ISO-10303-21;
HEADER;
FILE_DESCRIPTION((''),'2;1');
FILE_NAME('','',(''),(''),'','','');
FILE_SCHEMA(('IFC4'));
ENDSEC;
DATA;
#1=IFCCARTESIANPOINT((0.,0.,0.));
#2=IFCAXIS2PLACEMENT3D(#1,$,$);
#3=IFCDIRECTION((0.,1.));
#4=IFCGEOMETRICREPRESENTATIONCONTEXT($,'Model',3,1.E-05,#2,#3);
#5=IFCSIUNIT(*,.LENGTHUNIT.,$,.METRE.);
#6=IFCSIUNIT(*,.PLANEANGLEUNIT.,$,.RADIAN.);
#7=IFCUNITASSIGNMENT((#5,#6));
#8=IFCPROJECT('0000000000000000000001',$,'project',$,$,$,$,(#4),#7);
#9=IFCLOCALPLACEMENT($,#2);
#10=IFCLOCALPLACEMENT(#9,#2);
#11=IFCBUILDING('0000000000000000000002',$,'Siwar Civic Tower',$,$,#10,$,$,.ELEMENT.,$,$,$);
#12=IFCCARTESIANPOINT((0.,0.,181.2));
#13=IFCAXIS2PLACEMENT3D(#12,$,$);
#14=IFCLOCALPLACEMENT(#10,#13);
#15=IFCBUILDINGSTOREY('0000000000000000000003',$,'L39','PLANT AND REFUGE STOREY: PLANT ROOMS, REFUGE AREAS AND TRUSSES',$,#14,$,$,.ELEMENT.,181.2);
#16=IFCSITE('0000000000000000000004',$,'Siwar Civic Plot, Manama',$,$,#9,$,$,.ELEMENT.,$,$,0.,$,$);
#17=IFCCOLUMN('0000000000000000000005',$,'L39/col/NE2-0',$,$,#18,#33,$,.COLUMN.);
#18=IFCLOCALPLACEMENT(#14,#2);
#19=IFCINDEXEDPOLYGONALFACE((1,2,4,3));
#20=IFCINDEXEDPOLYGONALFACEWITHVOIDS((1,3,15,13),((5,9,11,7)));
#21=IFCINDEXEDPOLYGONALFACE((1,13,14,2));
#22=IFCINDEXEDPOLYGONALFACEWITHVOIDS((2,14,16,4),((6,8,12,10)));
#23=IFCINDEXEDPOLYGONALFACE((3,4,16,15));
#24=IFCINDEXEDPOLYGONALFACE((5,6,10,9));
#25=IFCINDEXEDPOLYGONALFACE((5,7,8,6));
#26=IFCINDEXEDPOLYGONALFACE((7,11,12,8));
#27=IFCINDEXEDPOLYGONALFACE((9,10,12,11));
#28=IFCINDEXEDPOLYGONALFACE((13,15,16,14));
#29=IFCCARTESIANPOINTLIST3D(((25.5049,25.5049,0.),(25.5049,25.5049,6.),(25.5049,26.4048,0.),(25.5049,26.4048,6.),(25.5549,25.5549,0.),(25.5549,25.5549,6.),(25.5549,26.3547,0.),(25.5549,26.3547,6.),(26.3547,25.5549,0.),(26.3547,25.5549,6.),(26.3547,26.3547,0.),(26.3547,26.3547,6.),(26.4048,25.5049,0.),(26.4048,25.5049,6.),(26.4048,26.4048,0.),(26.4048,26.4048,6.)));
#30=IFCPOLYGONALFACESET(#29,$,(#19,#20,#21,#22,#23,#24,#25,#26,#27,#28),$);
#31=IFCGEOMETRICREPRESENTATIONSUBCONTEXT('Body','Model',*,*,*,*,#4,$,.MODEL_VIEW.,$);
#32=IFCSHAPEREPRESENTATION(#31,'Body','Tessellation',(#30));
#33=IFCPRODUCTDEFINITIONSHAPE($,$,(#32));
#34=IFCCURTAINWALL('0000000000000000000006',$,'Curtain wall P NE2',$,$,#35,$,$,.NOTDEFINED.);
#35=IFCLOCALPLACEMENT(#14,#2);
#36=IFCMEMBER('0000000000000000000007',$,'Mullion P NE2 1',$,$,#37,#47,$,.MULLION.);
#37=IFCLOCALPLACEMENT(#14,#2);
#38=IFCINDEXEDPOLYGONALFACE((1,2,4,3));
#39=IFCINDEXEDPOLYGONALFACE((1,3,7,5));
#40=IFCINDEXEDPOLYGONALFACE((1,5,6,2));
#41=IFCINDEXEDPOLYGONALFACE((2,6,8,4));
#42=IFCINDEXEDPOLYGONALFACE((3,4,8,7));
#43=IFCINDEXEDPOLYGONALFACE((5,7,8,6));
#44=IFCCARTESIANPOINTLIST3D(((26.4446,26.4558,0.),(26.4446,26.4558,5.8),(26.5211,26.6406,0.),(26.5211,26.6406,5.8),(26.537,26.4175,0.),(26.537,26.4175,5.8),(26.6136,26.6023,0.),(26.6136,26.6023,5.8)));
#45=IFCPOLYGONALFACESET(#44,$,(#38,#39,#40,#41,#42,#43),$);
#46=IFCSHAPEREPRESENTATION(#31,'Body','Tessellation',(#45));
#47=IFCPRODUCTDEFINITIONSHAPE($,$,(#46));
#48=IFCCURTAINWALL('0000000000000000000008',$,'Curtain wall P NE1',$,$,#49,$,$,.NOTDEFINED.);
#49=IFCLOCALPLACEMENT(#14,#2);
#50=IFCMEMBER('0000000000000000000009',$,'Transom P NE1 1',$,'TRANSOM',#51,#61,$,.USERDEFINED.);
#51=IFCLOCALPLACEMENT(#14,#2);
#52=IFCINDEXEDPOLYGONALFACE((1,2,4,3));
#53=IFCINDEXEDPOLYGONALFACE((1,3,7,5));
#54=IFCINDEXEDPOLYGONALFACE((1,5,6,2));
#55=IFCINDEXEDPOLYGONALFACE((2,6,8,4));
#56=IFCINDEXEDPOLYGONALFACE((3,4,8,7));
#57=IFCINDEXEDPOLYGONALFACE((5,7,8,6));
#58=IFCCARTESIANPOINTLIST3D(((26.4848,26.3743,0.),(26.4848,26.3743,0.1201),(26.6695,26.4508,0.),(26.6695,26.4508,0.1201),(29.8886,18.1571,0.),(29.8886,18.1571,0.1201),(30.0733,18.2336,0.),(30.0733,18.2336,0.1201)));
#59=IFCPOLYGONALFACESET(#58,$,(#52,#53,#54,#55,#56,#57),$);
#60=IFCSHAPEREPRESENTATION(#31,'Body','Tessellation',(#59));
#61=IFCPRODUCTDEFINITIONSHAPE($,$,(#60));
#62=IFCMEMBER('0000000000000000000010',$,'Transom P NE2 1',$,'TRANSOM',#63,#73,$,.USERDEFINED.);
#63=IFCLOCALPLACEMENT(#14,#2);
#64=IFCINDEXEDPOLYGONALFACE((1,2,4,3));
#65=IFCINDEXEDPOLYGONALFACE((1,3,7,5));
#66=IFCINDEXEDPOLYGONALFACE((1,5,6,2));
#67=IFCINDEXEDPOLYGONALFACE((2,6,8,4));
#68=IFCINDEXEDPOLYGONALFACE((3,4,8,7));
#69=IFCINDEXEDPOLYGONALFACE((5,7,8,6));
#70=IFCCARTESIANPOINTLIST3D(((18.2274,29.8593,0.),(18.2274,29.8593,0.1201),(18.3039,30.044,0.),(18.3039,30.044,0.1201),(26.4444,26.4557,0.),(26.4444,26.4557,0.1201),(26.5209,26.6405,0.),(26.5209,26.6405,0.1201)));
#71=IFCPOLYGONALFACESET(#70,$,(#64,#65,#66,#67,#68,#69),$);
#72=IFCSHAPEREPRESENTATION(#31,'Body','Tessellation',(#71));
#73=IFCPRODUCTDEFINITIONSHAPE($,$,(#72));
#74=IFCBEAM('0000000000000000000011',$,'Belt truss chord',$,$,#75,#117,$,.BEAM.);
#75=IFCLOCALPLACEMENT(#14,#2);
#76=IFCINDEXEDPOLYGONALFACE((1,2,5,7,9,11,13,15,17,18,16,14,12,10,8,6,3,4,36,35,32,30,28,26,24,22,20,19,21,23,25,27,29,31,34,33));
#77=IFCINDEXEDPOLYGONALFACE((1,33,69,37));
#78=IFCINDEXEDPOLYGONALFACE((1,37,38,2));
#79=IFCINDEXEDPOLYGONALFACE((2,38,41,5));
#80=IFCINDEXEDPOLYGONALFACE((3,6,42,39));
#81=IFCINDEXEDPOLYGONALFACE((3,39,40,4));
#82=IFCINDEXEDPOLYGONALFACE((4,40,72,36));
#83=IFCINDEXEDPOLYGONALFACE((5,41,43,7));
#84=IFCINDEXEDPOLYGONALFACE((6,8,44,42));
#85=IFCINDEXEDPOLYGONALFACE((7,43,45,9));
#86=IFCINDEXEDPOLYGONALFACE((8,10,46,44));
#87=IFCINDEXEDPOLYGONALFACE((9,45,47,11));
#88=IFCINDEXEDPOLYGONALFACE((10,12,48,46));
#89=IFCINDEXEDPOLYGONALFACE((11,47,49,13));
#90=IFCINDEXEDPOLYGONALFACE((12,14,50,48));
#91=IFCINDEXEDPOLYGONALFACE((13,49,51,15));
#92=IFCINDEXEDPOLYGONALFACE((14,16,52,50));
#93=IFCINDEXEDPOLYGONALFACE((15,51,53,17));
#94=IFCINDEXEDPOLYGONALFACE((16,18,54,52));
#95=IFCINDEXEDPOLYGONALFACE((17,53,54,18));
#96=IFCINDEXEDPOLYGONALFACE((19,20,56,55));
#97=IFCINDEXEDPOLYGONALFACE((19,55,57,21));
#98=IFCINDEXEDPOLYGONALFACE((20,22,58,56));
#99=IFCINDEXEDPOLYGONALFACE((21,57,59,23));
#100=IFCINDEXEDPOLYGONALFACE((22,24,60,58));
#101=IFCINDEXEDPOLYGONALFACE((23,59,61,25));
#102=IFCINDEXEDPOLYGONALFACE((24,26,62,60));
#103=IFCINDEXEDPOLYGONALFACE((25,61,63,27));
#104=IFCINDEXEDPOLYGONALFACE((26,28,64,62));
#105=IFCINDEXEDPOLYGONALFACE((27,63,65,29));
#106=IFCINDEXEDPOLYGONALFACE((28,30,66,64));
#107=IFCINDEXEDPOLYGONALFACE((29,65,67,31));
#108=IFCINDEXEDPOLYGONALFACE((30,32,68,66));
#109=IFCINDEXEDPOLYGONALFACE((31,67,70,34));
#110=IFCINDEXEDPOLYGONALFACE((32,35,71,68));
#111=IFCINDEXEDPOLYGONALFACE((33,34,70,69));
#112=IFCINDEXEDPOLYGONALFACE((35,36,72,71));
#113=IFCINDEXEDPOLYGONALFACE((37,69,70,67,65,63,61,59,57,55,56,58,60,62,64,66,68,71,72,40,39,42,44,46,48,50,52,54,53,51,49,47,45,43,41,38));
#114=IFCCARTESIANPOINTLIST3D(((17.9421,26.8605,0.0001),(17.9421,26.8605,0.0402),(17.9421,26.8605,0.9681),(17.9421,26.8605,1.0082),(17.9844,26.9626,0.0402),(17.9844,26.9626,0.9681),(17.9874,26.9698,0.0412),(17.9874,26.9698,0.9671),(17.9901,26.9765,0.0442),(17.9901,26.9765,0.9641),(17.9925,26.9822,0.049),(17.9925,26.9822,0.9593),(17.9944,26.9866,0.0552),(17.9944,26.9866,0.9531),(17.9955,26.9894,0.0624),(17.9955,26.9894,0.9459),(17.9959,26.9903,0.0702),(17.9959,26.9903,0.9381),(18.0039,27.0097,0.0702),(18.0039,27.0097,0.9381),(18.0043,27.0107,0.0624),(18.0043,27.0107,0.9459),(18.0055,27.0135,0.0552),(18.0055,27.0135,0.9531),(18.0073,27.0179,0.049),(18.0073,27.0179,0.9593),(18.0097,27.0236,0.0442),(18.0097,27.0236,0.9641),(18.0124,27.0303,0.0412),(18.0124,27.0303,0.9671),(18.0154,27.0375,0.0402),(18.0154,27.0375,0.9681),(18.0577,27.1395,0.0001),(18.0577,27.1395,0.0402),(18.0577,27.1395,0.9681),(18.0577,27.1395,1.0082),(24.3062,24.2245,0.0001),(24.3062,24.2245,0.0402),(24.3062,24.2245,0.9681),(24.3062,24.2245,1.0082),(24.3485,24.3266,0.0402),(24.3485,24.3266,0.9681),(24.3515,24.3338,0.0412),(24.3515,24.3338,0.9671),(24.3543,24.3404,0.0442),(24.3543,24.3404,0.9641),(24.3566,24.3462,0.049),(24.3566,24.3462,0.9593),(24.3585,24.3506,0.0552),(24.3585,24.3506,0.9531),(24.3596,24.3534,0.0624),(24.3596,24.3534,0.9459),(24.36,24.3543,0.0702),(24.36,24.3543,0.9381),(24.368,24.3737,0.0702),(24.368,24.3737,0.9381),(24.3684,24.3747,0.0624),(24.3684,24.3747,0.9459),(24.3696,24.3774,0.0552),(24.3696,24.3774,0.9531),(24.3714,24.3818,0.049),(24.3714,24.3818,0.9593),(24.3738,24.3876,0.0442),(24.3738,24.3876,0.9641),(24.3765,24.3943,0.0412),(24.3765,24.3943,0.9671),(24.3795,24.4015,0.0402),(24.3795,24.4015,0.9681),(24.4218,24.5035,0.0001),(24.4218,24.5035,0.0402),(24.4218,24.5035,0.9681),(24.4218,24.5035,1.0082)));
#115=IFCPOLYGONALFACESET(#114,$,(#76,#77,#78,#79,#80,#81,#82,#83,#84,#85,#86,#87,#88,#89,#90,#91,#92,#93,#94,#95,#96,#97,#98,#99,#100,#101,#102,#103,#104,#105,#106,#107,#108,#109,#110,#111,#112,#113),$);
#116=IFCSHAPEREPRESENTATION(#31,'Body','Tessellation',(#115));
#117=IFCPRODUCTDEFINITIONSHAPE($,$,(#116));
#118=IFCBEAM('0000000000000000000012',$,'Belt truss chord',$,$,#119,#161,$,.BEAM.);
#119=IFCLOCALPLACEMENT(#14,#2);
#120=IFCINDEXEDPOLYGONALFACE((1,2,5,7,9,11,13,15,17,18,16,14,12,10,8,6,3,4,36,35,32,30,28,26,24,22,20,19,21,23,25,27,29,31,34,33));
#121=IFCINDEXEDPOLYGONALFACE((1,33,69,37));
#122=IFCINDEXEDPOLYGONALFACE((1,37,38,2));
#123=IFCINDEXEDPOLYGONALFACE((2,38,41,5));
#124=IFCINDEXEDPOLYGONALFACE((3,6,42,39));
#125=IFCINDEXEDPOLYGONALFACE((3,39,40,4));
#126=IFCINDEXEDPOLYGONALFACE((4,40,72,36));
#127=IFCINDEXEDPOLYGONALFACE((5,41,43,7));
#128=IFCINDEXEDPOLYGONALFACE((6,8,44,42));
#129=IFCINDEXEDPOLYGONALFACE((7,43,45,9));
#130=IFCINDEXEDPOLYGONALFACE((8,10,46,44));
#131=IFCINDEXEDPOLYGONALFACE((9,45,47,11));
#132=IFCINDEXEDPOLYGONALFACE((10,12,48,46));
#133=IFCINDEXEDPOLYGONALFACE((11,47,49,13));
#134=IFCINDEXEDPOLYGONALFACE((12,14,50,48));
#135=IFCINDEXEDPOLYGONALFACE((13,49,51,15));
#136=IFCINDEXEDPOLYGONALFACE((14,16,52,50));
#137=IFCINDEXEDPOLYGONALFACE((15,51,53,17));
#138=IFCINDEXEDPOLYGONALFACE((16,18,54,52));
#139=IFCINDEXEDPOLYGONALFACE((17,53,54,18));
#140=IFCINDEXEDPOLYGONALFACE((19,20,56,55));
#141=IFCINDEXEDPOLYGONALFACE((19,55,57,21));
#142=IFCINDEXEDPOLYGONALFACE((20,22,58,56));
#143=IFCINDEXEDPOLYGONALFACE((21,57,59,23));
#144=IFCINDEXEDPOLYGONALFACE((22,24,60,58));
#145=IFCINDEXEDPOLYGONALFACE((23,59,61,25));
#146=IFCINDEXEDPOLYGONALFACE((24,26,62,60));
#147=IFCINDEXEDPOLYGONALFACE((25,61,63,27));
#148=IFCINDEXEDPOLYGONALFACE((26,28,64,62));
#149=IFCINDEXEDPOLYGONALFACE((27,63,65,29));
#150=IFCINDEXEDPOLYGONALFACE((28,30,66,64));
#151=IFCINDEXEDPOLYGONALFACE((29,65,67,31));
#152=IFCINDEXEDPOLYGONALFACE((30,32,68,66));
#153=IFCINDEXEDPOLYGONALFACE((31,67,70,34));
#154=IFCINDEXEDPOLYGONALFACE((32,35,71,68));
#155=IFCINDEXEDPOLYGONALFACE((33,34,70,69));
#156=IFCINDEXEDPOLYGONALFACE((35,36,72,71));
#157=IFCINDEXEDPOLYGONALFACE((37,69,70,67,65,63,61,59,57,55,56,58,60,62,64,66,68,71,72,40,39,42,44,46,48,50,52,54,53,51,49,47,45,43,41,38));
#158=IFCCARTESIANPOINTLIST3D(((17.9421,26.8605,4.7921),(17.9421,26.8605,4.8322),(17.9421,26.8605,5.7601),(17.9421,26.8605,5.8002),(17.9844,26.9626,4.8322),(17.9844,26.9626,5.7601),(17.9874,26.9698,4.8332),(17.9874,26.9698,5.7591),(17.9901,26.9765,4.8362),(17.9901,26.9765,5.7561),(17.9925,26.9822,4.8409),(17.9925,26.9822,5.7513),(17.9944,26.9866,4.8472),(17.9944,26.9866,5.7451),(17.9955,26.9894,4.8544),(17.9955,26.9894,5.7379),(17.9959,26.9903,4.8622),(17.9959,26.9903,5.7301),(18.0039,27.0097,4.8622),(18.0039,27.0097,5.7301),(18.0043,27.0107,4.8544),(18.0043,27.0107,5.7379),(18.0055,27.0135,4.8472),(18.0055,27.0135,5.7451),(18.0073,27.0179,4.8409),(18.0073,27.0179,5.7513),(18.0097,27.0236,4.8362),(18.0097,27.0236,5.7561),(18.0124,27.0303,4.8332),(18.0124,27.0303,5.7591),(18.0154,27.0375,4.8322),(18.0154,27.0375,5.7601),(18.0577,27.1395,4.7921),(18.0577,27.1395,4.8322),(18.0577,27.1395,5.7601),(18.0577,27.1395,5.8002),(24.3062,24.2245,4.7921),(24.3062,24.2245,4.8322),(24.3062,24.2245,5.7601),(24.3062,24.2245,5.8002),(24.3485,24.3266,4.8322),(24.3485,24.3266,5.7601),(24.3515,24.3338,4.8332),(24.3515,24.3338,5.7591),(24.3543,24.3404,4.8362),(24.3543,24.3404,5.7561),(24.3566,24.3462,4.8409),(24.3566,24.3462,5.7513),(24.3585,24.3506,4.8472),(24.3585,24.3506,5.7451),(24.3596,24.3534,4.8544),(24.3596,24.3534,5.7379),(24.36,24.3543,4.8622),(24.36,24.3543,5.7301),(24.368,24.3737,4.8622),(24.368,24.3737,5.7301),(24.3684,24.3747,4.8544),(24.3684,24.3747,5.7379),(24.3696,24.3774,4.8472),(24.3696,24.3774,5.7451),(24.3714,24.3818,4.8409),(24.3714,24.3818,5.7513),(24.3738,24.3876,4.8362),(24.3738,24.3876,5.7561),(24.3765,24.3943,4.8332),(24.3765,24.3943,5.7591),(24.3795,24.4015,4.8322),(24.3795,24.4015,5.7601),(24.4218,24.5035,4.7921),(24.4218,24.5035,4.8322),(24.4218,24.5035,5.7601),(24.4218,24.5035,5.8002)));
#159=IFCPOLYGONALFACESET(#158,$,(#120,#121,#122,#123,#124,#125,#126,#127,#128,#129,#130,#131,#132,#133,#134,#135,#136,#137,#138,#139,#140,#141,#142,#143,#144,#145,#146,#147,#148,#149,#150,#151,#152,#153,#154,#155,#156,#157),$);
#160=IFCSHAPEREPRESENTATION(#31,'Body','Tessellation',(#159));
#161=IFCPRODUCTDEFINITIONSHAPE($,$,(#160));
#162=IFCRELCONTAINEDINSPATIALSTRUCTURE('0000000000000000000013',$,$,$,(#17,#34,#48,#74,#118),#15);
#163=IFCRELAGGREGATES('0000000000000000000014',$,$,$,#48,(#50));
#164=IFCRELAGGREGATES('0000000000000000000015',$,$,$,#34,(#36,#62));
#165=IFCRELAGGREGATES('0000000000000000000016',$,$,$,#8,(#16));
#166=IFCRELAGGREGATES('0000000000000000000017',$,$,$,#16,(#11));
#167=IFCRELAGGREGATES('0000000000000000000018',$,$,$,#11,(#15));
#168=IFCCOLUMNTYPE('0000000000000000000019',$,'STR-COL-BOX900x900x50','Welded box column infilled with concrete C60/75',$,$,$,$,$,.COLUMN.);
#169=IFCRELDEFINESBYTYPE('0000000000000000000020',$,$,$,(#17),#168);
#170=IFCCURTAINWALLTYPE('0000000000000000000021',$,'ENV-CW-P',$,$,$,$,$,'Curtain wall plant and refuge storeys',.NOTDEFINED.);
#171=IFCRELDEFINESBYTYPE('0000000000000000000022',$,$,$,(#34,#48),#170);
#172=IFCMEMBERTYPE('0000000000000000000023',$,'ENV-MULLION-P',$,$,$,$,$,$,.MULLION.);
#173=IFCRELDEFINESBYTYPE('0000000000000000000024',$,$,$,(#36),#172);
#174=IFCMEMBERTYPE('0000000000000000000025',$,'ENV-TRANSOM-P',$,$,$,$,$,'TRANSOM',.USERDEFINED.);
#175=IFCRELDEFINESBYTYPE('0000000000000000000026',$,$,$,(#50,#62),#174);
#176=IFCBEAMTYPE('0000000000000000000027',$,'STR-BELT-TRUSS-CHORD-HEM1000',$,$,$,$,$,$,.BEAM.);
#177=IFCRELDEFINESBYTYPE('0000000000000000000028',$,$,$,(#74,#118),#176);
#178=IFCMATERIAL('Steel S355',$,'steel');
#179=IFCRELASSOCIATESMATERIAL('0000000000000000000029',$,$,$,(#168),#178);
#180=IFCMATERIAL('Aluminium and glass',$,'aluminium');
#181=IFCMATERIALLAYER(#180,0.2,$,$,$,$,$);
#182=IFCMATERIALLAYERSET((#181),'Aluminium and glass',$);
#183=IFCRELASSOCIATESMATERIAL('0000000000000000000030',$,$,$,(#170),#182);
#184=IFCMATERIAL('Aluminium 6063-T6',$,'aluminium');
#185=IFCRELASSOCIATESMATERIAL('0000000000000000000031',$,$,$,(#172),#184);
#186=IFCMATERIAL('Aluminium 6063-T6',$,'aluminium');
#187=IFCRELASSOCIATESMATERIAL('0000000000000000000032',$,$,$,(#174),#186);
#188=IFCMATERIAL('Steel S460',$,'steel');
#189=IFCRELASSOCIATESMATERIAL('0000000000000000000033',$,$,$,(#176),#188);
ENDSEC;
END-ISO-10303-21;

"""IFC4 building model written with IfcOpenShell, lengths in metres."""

from ifc_helpers import new_model, si_unit, direction, frame, origin, origin_2d, place, context, subcontext, project, spatial, rectangle, hollow_rectangle, i_section, extrude, material, layer, layer_set, material_profile, profile_set, type_object, element, aggregate, save


model = new_model("IFC4")

# Units and contexts
model_context = context("Model", 3, precision=1e-05, world=origin(), true_north=direction((0.0, 1.0)))
body_context = subcontext(model_context, "Body", "Model", "MODEL_VIEW")
ifc_project = project(units=[si_unit("LENGTHUNIT", "METRE"), si_unit("PLANEANGLEUNIT", "RADIAN")], contexts=[model_context])

# Site, building, storey
site_placement = place(None, origin())
site = spatial("IfcSite", under=ifc_project, at=site_placement, Name="Siwar Civic Plot, Manama", CompositionType="ELEMENT", RefElevation=0.0)
building_placement = place(site_placement, origin())
building = spatial("IfcBuilding", under=site, at=building_placement, Name="Siwar Civic Tower", CompositionType="ELEMENT")
storey_placement = place(building_placement, frame((0.0, 0.0, 181.2)))
storey = spatial("IfcBuildingStorey", under=building, at=storey_placement, Name="L39", Description="PLANT AND REFUGE STOREY: PLANT ROOMS, REFUGE AREAS AND TRUSSES", CompositionType="ELEMENT", Elevation=181.2)

# Column
ifc_material_1 = material(Name="Steel S355", Category="steel")
ifc_material_profile_1 = material_profile(ifc_material_1, hollow_rectangle(XDim=0.8999, YDim=0.8999, WallThickness=0.05, at=origin_2d()), Name="BOX900x900x50")
ifc_profile_set_1 = profile_set([ifc_material_profile_1], Name="Steel S355")
column_type = type_object("IfcColumnType", Name="STR-COL-BOX900x900x50", Description="Welded box column infilled with concrete C60/75", PredefinedType="COLUMN", material=ifc_profile_set_1)
column_placement = place(storey_placement, frame((25.9548, 25.9548, 0.0), z_axis=(0.0, 0.0, 1.0), x_axis=(1.0, 0.0, 0.0)))
element("IfcColumn", 1, at=column_placement, inside=storey, type_object=column_type, Name="L39/col/NE2-0", PredefinedType="COLUMN", context=body_context, shape_type="SweptSolid", body=[
    extrude(hollow_rectangle(XDim=0.8999, YDim=0.8999, WallThickness=0.05, at=origin_2d()), origin(), (0.0, 0.0, 1.0), 6.0),
])

# Curtain walls, members
ifc_material_2 = material(Name="Aluminium and glass", Category="aluminium")
ifc_layer_1 = layer(ifc_material_2, 0.2)
ifc_layer_set_1 = layer_set([ifc_layer_1], Name="Aluminium and glass")
curtain_wall_type = type_object("IfcCurtainWallType", Name="ENV-CW-P", ElementType="Curtain wall plant and refuge storeys", PredefinedType="NOTDEFINED", material=ifc_layer_set_1)
curtain_wall_1_placement = place(storey_placement, origin())
curtain_wall_1 = element("IfcCurtainWall", 2, at=curtain_wall_1_placement, inside=storey, type_object=curtain_wall_type, Name="Curtain wall P NE2", PredefinedType="NOTDEFINED")
ifc_material_3 = material(Name="Aluminium 6063-T6", Category="aluminium")
ifc_material_profile_2 = material_profile(ifc_material_3, rectangle(XDim=0.2, YDim=0.1001, at=origin_2d()), Name="AL 200x100")
ifc_profile_set_2 = profile_set([ifc_material_profile_2], Name="Aluminium 6063-T6")
member_type_1 = type_object("IfcMemberType", Name="ENV-MULLION-P", PredefinedType="MULLION", material=ifc_profile_set_2)
member_1_placement = place(storey_placement, frame((26.5291, 26.5291, 0.0), z_axis=(0.0, 0.0, 1.0), x_axis=(-0.382683, -0.92388, 0.0)))
member_1 = element("IfcMember", 3, at=member_1_placement, type_object=member_type_1, Name="Mullion P NE2 1", PredefinedType="MULLION", context=body_context, shape_type="SweptSolid", body=[
    extrude(rectangle(XDim=0.2, YDim=0.1001, at=origin_2d()), origin(), (0.0, 0.0, 1.0), 5.8),
])
curtain_wall_2_placement = place(storey_placement, origin())
curtain_wall_2 = element("IfcCurtainWall", 4, at=curtain_wall_2_placement, inside=storey, type_object=curtain_wall_type, Name="Curtain wall P NE1", PredefinedType="NOTDEFINED")
ifc_material_4 = material(Name="Aluminium 6063-T6", Category="aluminium")
ifc_material_profile_3 = material_profile(ifc_material_4, rectangle(XDim=0.2, YDim=0.1201, at=origin_2d()), Name="AL 200x120")
ifc_profile_set_3 = profile_set([ifc_material_profile_3], Name="Aluminium 6063-T6")
member_type_2 = type_object("IfcMemberType", Name="ENV-TRANSOM-P", ElementType="TRANSOM", PredefinedType="USERDEFINED", material=ifc_profile_set_3)
member_2_placement = place(storey_placement, frame((29.981, 18.1953, 0.0601), z_axis=(-0.382693, 0.923876, 0.0), x_axis=(-0.923876, -0.382693, 0.0)))
member_2 = element("IfcMember", 5, at=member_2_placement, type_object=member_type_2, Name="Transom P NE1 1", ObjectType="TRANSOM", PredefinedType="USERDEFINED", context=body_context, shape_type="SweptSolid", body=[
    extrude(rectangle(XDim=0.2, YDim=0.1201, at=origin_2d()), origin(), (0.0, 0.0, 1.0), 8.8943),
])

# Member
member_3_placement = place(storey_placement, frame((26.4827, 26.5481, 0.0601), z_axis=(-0.923881, 0.382679, 0.0), x_axis=(-0.382679, -0.923881, 0.0)))
member_3 = element("IfcMember", 6, at=member_3_placement, type_object=member_type_2, Name="Transom P NE2 1", ObjectType="TRANSOM", PredefinedType="USERDEFINED", context=body_context, shape_type="SweptSolid", body=[
    extrude(rectangle(XDim=0.2, YDim=0.1201, at=origin_2d()), origin(), (0.0, 0.0, 1.0), 8.894),
])

# Beams
ifc_material_5 = material(Name="Steel S460", Category="steel")
ifc_material_profile_4 = material_profile(ifc_material_5, i_section(OverallWidth=0.302, OverallDepth=1.0081, WebThickness=0.021, FlangeThickness=0.04, FilletRadius=0.03, at=origin_2d()), Name="HEM1000")
ifc_profile_set_4 = profile_set([ifc_material_profile_4], Name="Steel S460")
beam_type_1 = type_object("IfcBeamType", Name="STR-BELT-TRUSS-CHORD-HEM1000", PredefinedType="BEAM", material=ifc_profile_set_4)
for number, where, z_axis, x_axis, name in (
    (7, (24.364, 24.364, 0.5042), (-0.923883, 0.382674, 0.0), (-0.382674, -0.923883, 0.0), "Belt truss chord"),
    (8, (24.364, 24.364, 5.2961), (-0.923883, 0.382674, 0.0), (-0.382674, -0.923883, 0.0), "Belt truss chord"),
):
    element("IfcBeam", number, at=place(storey_placement, frame(where, z_axis=z_axis, x_axis=x_axis)), inside=storey, type_object=beam_type_1, Name=name, PredefinedType="BEAM", context=body_context, shape_type="SweptSolid", body=[
        extrude(i_section(OverallWidth=0.302, OverallDepth=1.0081, WebThickness=0.021, FlangeThickness=0.04, FilletRadius=0.03, at=origin_2d()), origin(), (0.0, 0.0, 1.0), 6.8884),
    ])

aggregate(curtain_wall_2, [member_2])
aggregate(curtain_wall_1, [member_1, member_3])

save(model, "model.ifc")
